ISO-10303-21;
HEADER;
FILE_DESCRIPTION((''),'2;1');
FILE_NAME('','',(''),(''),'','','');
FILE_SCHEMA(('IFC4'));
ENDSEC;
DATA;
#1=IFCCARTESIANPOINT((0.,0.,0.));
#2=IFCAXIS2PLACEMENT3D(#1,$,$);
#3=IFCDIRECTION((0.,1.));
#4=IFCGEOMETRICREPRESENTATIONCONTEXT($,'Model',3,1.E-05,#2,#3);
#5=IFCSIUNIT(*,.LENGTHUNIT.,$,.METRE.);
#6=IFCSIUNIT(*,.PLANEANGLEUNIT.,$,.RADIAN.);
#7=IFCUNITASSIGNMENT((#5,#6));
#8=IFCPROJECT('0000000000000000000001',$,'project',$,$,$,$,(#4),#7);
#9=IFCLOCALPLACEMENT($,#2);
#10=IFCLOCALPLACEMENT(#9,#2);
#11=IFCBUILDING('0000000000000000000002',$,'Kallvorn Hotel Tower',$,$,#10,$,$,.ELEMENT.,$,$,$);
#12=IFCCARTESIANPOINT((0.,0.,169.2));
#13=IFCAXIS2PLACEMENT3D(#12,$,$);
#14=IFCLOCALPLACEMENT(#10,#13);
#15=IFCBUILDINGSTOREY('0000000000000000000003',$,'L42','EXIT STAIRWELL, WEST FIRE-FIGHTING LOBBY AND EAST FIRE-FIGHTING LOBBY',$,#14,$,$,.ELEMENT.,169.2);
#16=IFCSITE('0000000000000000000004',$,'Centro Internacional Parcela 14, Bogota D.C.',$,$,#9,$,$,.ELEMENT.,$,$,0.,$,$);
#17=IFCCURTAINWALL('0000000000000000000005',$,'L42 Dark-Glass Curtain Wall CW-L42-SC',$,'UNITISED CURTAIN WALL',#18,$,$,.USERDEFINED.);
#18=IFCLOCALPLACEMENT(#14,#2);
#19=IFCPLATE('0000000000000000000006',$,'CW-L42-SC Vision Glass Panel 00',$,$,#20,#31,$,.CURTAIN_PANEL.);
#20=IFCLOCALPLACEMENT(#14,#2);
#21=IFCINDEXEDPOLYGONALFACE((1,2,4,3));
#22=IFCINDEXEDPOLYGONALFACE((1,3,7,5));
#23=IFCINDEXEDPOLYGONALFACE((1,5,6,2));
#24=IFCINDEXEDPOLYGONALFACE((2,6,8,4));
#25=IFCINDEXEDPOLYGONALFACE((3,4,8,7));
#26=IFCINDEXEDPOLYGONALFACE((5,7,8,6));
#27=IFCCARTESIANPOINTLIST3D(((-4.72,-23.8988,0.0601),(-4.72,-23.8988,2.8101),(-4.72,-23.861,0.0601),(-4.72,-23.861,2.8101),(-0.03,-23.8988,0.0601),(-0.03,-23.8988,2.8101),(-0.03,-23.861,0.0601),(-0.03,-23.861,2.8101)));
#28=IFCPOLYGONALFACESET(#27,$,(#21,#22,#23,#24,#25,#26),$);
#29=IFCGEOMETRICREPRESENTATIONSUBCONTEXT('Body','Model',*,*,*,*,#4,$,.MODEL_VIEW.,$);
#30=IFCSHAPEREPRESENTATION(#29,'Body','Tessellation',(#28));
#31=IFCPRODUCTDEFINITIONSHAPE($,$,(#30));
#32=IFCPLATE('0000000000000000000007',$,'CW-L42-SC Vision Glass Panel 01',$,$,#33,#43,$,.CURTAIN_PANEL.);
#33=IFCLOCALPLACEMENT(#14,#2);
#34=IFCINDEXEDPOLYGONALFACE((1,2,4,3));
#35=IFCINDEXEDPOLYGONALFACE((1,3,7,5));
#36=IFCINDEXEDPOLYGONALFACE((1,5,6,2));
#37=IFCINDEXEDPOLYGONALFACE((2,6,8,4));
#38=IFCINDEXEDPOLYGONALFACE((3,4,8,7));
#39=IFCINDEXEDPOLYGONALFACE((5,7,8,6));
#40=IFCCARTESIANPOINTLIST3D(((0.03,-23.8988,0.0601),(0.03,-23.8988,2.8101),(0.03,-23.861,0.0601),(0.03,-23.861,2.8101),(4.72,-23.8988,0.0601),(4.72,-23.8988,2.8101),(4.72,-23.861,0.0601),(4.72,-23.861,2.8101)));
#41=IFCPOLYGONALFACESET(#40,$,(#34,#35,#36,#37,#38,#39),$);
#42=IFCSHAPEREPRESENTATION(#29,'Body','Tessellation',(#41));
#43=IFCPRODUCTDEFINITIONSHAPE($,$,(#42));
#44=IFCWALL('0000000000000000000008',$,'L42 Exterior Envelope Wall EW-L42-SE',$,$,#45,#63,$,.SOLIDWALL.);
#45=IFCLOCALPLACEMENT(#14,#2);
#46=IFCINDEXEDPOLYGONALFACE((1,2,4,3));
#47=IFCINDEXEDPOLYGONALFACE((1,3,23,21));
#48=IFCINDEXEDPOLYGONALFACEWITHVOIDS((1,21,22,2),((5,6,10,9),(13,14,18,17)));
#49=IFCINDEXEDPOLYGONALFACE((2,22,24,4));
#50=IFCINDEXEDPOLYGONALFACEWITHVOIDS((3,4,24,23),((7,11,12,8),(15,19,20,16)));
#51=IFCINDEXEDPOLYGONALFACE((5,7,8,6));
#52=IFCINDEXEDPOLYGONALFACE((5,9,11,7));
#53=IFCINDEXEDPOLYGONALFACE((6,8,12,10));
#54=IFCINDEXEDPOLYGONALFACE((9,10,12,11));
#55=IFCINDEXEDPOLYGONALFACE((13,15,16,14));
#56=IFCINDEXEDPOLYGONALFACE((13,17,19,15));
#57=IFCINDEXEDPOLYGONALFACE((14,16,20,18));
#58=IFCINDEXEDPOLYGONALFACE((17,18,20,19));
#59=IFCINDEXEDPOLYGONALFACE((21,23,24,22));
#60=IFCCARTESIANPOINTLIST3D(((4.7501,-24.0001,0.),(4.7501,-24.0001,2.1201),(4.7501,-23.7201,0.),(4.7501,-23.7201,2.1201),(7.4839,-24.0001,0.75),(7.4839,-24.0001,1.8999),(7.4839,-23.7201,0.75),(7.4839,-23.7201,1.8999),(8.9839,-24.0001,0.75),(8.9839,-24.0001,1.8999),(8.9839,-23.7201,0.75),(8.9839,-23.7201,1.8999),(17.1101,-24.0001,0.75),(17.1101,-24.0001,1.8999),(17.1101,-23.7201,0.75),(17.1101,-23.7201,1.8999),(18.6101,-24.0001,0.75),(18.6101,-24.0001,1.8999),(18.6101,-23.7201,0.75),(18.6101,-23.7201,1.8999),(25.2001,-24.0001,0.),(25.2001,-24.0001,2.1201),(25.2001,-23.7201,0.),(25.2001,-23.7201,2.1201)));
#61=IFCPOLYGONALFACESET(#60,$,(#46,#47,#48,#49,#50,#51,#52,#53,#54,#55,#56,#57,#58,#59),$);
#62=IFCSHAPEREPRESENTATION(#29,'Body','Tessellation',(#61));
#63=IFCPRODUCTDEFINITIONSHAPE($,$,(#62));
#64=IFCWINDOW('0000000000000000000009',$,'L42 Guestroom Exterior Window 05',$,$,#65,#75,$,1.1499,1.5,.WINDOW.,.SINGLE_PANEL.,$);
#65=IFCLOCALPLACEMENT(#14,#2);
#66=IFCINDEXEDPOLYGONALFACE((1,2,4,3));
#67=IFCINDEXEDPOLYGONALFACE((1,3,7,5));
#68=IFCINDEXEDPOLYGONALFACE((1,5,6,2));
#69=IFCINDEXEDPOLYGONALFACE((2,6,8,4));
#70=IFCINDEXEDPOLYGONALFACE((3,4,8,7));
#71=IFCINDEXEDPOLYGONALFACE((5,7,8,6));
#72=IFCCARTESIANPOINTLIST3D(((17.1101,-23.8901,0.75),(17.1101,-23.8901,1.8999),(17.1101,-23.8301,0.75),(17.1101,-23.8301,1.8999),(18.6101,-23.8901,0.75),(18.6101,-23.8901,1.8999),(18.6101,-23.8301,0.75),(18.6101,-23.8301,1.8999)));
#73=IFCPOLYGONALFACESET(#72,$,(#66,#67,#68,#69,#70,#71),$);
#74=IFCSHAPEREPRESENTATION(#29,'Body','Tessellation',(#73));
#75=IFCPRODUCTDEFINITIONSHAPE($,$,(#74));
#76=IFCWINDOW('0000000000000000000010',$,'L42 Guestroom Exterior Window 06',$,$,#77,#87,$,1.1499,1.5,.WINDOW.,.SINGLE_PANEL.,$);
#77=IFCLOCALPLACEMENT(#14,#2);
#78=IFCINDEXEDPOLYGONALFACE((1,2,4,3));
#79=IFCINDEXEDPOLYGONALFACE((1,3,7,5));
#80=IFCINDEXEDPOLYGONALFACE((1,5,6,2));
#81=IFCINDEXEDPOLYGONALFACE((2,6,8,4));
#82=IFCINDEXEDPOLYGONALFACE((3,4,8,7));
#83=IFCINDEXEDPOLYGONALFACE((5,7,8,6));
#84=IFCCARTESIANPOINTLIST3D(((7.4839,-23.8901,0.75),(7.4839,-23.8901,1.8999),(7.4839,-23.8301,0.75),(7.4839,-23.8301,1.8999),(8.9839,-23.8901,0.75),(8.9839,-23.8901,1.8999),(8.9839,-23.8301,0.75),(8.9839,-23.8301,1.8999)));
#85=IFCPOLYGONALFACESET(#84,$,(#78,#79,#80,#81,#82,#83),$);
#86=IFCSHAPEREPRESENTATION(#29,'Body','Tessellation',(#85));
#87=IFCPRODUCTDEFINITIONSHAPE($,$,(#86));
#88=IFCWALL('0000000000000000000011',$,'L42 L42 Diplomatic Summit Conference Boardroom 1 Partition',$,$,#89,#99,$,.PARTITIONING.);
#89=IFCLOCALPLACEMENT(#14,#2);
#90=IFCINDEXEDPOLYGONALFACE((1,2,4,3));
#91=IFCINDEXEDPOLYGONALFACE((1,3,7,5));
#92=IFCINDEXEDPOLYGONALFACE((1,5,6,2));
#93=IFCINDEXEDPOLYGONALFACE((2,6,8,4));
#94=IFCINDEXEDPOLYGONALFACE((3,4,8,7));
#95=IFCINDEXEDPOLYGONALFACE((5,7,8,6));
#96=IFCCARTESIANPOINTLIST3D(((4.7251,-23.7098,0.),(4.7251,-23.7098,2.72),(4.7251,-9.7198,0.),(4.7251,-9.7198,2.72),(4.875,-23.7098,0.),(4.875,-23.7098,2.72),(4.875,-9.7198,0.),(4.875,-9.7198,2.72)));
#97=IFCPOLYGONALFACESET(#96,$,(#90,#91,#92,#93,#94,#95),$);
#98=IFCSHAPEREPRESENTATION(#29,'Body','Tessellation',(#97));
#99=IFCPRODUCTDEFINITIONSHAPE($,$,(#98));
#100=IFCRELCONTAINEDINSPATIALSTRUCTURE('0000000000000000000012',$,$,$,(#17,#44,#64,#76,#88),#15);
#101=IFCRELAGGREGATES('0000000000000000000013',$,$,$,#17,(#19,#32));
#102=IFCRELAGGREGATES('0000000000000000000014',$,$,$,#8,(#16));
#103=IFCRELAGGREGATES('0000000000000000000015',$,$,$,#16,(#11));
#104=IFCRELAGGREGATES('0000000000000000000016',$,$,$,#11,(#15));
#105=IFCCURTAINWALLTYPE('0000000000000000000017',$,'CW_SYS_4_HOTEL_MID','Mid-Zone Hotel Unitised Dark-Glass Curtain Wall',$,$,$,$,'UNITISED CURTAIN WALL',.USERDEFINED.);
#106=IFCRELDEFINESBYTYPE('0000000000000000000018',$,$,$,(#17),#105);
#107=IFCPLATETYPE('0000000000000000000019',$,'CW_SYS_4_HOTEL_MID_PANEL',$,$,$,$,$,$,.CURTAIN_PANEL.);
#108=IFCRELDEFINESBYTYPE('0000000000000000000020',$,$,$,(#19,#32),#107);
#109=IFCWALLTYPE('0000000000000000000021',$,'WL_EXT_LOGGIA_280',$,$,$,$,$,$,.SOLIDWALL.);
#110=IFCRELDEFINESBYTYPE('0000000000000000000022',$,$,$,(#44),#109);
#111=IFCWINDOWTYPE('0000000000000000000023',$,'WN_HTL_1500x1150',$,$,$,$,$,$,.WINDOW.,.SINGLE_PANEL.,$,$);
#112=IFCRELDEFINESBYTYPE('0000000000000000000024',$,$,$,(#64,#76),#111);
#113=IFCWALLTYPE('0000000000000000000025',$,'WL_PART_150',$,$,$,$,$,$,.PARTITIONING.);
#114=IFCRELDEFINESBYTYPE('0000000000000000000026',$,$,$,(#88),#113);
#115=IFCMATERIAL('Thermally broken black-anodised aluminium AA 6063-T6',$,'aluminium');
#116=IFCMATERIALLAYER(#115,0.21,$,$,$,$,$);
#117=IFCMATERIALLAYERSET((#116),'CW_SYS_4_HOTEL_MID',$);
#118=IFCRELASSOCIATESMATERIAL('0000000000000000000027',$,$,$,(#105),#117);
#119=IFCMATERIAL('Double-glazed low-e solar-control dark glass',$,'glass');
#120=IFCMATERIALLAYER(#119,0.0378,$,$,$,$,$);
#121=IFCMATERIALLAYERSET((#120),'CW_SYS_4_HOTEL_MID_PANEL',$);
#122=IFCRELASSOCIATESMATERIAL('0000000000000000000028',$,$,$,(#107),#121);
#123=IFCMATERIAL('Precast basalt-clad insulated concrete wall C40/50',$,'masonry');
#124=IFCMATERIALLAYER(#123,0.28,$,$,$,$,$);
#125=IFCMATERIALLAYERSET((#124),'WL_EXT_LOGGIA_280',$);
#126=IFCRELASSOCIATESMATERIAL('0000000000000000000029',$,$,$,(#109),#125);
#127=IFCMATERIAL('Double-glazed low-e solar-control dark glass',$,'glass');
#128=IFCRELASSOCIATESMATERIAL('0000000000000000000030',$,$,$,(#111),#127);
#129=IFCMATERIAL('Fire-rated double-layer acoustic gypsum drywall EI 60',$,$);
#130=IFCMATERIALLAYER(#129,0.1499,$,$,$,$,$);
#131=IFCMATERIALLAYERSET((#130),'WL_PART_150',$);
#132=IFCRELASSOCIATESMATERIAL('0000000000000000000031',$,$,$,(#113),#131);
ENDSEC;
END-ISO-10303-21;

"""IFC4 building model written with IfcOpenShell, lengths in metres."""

from ifc_helpers import new_model, si_unit, direction, frame, frame_2d, origin, origin_2d, place, context, subcontext, project, spatial, rectangle, extrude, material, layer, layer_set, type_object, element, fill, aggregate, save


model = new_model("IFC4")

# Units and contexts
model_context = context("Model", 3, precision=1e-05, world=origin(), true_north=direction((0.0, 1.0)))
body_context = subcontext(model_context, "Body", "Model", "MODEL_VIEW")
ifc_project = project(units=[si_unit("LENGTHUNIT", "METRE"), si_unit("PLANEANGLEUNIT", "RADIAN")], contexts=[model_context])

# Site, building, storey
site_placement = place(None, origin())
site = spatial("IfcSite", under=ifc_project, at=site_placement, Name="Centro Internacional Parcela 14, Bogota D.C.", CompositionType="ELEMENT", RefElevation=0.0)
building_placement = place(site_placement, origin())
building = spatial("IfcBuilding", under=site, at=building_placement, Name="Kallvorn Hotel Tower", CompositionType="ELEMENT")
storey_placement = place(building_placement, frame((0.0, 0.0, 169.2)))
storey = spatial("IfcBuildingStorey", under=building, at=storey_placement, Name="L42", Description="EXIT STAIRWELL, WEST FIRE-FIGHTING LOBBY AND EAST FIRE-FIGHTING LOBBY", CompositionType="ELEMENT", Elevation=169.2)

# Curtain wall, plates
ifc_material_1 = material(Name="Thermally broken black-anodised aluminium AA 6063-T6", Category="aluminium")
ifc_layer_1 = layer(ifc_material_1, 0.21)
ifc_layer_set_1 = layer_set([ifc_layer_1], Name="CW_SYS_4_HOTEL_MID")
curtain_wall_type = type_object("IfcCurtainWallType", Name="CW_SYS_4_HOTEL_MID", Description="Mid-Zone Hotel Unitised Dark-Glass Curtain Wall", ElementType="UNITISED CURTAIN WALL", PredefinedType="USERDEFINED", material=ifc_layer_set_1)
curtain_wall_placement = place(storey_placement, origin())
curtain_wall = element("IfcCurtainWall", 1, at=curtain_wall_placement, inside=storey, type_object=curtain_wall_type, Name="L42 Dark-Glass Curtain Wall CW-L42-SC", ObjectType="UNITISED CURTAIN WALL", PredefinedType="USERDEFINED")
ifc_material_2 = material(Name="Double-glazed low-e solar-control dark glass", Category="glass")
ifc_layer_2 = layer(ifc_material_2, 0.0378)
ifc_layer_set_2 = layer_set([ifc_layer_2], Name="CW_SYS_4_HOTEL_MID_PANEL")
plate_type = type_object("IfcPlateType", Name="CW_SYS_4_HOTEL_MID_PANEL", PredefinedType="CURTAIN_PANEL", material=ifc_layer_set_2)
plate_1_placement = place(storey_placement, frame((-2.375, -23.8799, 0.0601), z_axis=(0.0, 0.0, 1.0), x_axis=(1.0, 0.0, 0.0)))
plate_1 = element("IfcPlate", 2, at=plate_1_placement, type_object=plate_type, Name="CW-L42-SC Vision Glass Panel 00", PredefinedType="CURTAIN_PANEL", context=body_context, shape_type="SweptSolid", body=[
    extrude(rectangle(XDim=4.6899, YDim=0.0378, at=origin_2d()), origin(), (0.0, 0.0, 1.0), 2.75),
])
plate_2_placement = place(storey_placement, frame((2.375, -23.8799, 0.0601), z_axis=(0.0, 0.0, 1.0), x_axis=(1.0, 0.0, 0.0)))
plate_2 = element("IfcPlate", 3, at=plate_2_placement, type_object=plate_type, Name="CW-L42-SC Vision Glass Panel 01", PredefinedType="CURTAIN_PANEL", context=body_context, shape_type="SweptSolid", body=[
    extrude(rectangle(XDim=4.6899, YDim=0.0378, at=origin_2d()), origin(), (0.0, 0.0, 1.0), 2.75),
])
aggregate(curtain_wall, [plate_1, plate_2])

# Wall, openings, windows
ifc_material_3 = material(Name="Precast basalt-clad insulated concrete wall C40/50", Category="masonry")
ifc_layer_3 = layer(ifc_material_3, 0.28)
ifc_layer_set_3 = layer_set([ifc_layer_3], Name="WL_EXT_LOGGIA_280")
wall_type_1 = type_object("IfcWallType", Name="WL_EXT_LOGGIA_280", PredefinedType="SOLIDWALL", material=ifc_layer_set_3)
wall_1_placement = place(storey_placement, frame((4.75, -23.8601, 0.0), z_axis=(0.0, 0.0, 1.0), x_axis=(1.0, 0.0, 0.0)))
wall_1 = element("IfcWall", 4, at=wall_1_placement, inside=storey, type_object=wall_type_1, Name="L42 Exterior Envelope Wall EW-L42-SE", PredefinedType="SOLIDWALL", context=body_context, shape_type="SweptSolid", body=[
    extrude(rectangle(XDim=20.45, YDim=0.28, at=frame_2d((10.2251, 0.0))), origin(), (0.0, 0.0, 1.0), 2.1201),
])
opening_1_placement = place(wall_1_placement, frame((12.3601, 0.0, 0.75)))
opening_1 = element("IfcOpeningElement", 5, at=opening_1_placement, cuts=wall_1, PredefinedType="OPENING", context=body_context, shape_type="SweptSolid", body=[
    extrude(rectangle(XDim=1.5, YDim=1.1499, at=frame_2d((0.75, 0.575))), frame((0.0, 0.155, 0.0), z_axis=(0.0, -1.0, 0.0), x_axis=(1.0, 0.0, 0.0)), (0.0, 0.0, 1.0), 0.3101),
])
opening_2_placement = place(wall_1_placement, frame((2.7339, 0.0, 0.75)))
opening_2 = element("IfcOpeningElement", 6, at=opening_2_placement, cuts=wall_1, PredefinedType="OPENING", context=body_context, shape_type="SweptSolid", body=[
    extrude(rectangle(XDim=1.5, YDim=1.1499, at=frame_2d((0.75, 0.575))), frame((0.0, 0.155, 0.0), z_axis=(0.0, -1.0, 0.0), x_axis=(1.0, 0.0, 0.0)), (0.0, 0.0, 1.0), 0.3101),
])
ifc_material_4 = material(Name="Double-glazed low-e solar-control dark glass", Category="glass")
window_type = type_object("IfcWindowType", Name="WN_HTL_1500x1150", PartitioningType="SINGLE_PANEL", PredefinedType="WINDOW", material=ifc_material_4)
window_1_placement = place(opening_1_placement, origin())
window_1 = element("IfcWindow", 7, at=window_1_placement, inside=storey, type_object=window_type, Name="L42 Guestroom Exterior Window 05", OverallHeight=1.1499, OverallWidth=1.5, PartitioningType="SINGLE_PANEL", PredefinedType="WINDOW", context=body_context, shape_type="SweptSolid", body=[
    extrude(rectangle(XDim=1.5, YDim=1.1499, at=frame_2d((0.75, 0.575))), frame((0.0, 0.03, 0.0), z_axis=(0.0, -1.0, 0.0), x_axis=(1.0, 0.0, 0.0)), (0.0, 0.0, 1.0), 0.0601),
])
fill(opening_1, window_1)
window_2_placement = place(opening_2_placement, origin())
window_2 = element("IfcWindow", 8, at=window_2_placement, inside=storey, type_object=window_type, Name="L42 Guestroom Exterior Window 06", OverallHeight=1.1499, OverallWidth=1.5, PartitioningType="SINGLE_PANEL", PredefinedType="WINDOW", context=body_context, shape_type="SweptSolid", body=[
    extrude(rectangle(XDim=1.5, YDim=1.1499, at=frame_2d((0.75, 0.575))), frame((0.0, 0.03, 0.0), z_axis=(0.0, -1.0, 0.0), x_axis=(1.0, 0.0, 0.0)), (0.0, 0.0, 1.0), 0.0601),
])
fill(opening_2, window_2)

# Wall
ifc_material_5 = material(Name="Fire-rated double-layer acoustic gypsum drywall EI 60")
ifc_layer_4 = layer(ifc_material_5, 0.1499)
ifc_layer_set_4 = layer_set([ifc_layer_4], Name="WL_PART_150")
wall_type_2 = type_object("IfcWallType", Name="WL_PART_150", PredefinedType="PARTITIONING", material=ifc_layer_set_4)
wall_2_placement = place(storey_placement, frame((4.8, -23.71, 0.0), z_axis=(0.0, 0.0, 1.0), x_axis=(0.0, 1.0, 0.0)))
element("IfcWall", 9, at=wall_2_placement, inside=storey, type_object=wall_type_2, Name="L42 L42 Diplomatic Summit Conference Boardroom 1 Partition", PredefinedType="PARTITIONING", context=body_context, shape_type="SweptSolid", body=[
    extrude(rectangle(XDim=13.99, YDim=0.1499, at=frame_2d((6.9951, 0.0))), origin(), (0.0, 0.0, 1.0), 2.72),
])

save(model, "model.ifc")
